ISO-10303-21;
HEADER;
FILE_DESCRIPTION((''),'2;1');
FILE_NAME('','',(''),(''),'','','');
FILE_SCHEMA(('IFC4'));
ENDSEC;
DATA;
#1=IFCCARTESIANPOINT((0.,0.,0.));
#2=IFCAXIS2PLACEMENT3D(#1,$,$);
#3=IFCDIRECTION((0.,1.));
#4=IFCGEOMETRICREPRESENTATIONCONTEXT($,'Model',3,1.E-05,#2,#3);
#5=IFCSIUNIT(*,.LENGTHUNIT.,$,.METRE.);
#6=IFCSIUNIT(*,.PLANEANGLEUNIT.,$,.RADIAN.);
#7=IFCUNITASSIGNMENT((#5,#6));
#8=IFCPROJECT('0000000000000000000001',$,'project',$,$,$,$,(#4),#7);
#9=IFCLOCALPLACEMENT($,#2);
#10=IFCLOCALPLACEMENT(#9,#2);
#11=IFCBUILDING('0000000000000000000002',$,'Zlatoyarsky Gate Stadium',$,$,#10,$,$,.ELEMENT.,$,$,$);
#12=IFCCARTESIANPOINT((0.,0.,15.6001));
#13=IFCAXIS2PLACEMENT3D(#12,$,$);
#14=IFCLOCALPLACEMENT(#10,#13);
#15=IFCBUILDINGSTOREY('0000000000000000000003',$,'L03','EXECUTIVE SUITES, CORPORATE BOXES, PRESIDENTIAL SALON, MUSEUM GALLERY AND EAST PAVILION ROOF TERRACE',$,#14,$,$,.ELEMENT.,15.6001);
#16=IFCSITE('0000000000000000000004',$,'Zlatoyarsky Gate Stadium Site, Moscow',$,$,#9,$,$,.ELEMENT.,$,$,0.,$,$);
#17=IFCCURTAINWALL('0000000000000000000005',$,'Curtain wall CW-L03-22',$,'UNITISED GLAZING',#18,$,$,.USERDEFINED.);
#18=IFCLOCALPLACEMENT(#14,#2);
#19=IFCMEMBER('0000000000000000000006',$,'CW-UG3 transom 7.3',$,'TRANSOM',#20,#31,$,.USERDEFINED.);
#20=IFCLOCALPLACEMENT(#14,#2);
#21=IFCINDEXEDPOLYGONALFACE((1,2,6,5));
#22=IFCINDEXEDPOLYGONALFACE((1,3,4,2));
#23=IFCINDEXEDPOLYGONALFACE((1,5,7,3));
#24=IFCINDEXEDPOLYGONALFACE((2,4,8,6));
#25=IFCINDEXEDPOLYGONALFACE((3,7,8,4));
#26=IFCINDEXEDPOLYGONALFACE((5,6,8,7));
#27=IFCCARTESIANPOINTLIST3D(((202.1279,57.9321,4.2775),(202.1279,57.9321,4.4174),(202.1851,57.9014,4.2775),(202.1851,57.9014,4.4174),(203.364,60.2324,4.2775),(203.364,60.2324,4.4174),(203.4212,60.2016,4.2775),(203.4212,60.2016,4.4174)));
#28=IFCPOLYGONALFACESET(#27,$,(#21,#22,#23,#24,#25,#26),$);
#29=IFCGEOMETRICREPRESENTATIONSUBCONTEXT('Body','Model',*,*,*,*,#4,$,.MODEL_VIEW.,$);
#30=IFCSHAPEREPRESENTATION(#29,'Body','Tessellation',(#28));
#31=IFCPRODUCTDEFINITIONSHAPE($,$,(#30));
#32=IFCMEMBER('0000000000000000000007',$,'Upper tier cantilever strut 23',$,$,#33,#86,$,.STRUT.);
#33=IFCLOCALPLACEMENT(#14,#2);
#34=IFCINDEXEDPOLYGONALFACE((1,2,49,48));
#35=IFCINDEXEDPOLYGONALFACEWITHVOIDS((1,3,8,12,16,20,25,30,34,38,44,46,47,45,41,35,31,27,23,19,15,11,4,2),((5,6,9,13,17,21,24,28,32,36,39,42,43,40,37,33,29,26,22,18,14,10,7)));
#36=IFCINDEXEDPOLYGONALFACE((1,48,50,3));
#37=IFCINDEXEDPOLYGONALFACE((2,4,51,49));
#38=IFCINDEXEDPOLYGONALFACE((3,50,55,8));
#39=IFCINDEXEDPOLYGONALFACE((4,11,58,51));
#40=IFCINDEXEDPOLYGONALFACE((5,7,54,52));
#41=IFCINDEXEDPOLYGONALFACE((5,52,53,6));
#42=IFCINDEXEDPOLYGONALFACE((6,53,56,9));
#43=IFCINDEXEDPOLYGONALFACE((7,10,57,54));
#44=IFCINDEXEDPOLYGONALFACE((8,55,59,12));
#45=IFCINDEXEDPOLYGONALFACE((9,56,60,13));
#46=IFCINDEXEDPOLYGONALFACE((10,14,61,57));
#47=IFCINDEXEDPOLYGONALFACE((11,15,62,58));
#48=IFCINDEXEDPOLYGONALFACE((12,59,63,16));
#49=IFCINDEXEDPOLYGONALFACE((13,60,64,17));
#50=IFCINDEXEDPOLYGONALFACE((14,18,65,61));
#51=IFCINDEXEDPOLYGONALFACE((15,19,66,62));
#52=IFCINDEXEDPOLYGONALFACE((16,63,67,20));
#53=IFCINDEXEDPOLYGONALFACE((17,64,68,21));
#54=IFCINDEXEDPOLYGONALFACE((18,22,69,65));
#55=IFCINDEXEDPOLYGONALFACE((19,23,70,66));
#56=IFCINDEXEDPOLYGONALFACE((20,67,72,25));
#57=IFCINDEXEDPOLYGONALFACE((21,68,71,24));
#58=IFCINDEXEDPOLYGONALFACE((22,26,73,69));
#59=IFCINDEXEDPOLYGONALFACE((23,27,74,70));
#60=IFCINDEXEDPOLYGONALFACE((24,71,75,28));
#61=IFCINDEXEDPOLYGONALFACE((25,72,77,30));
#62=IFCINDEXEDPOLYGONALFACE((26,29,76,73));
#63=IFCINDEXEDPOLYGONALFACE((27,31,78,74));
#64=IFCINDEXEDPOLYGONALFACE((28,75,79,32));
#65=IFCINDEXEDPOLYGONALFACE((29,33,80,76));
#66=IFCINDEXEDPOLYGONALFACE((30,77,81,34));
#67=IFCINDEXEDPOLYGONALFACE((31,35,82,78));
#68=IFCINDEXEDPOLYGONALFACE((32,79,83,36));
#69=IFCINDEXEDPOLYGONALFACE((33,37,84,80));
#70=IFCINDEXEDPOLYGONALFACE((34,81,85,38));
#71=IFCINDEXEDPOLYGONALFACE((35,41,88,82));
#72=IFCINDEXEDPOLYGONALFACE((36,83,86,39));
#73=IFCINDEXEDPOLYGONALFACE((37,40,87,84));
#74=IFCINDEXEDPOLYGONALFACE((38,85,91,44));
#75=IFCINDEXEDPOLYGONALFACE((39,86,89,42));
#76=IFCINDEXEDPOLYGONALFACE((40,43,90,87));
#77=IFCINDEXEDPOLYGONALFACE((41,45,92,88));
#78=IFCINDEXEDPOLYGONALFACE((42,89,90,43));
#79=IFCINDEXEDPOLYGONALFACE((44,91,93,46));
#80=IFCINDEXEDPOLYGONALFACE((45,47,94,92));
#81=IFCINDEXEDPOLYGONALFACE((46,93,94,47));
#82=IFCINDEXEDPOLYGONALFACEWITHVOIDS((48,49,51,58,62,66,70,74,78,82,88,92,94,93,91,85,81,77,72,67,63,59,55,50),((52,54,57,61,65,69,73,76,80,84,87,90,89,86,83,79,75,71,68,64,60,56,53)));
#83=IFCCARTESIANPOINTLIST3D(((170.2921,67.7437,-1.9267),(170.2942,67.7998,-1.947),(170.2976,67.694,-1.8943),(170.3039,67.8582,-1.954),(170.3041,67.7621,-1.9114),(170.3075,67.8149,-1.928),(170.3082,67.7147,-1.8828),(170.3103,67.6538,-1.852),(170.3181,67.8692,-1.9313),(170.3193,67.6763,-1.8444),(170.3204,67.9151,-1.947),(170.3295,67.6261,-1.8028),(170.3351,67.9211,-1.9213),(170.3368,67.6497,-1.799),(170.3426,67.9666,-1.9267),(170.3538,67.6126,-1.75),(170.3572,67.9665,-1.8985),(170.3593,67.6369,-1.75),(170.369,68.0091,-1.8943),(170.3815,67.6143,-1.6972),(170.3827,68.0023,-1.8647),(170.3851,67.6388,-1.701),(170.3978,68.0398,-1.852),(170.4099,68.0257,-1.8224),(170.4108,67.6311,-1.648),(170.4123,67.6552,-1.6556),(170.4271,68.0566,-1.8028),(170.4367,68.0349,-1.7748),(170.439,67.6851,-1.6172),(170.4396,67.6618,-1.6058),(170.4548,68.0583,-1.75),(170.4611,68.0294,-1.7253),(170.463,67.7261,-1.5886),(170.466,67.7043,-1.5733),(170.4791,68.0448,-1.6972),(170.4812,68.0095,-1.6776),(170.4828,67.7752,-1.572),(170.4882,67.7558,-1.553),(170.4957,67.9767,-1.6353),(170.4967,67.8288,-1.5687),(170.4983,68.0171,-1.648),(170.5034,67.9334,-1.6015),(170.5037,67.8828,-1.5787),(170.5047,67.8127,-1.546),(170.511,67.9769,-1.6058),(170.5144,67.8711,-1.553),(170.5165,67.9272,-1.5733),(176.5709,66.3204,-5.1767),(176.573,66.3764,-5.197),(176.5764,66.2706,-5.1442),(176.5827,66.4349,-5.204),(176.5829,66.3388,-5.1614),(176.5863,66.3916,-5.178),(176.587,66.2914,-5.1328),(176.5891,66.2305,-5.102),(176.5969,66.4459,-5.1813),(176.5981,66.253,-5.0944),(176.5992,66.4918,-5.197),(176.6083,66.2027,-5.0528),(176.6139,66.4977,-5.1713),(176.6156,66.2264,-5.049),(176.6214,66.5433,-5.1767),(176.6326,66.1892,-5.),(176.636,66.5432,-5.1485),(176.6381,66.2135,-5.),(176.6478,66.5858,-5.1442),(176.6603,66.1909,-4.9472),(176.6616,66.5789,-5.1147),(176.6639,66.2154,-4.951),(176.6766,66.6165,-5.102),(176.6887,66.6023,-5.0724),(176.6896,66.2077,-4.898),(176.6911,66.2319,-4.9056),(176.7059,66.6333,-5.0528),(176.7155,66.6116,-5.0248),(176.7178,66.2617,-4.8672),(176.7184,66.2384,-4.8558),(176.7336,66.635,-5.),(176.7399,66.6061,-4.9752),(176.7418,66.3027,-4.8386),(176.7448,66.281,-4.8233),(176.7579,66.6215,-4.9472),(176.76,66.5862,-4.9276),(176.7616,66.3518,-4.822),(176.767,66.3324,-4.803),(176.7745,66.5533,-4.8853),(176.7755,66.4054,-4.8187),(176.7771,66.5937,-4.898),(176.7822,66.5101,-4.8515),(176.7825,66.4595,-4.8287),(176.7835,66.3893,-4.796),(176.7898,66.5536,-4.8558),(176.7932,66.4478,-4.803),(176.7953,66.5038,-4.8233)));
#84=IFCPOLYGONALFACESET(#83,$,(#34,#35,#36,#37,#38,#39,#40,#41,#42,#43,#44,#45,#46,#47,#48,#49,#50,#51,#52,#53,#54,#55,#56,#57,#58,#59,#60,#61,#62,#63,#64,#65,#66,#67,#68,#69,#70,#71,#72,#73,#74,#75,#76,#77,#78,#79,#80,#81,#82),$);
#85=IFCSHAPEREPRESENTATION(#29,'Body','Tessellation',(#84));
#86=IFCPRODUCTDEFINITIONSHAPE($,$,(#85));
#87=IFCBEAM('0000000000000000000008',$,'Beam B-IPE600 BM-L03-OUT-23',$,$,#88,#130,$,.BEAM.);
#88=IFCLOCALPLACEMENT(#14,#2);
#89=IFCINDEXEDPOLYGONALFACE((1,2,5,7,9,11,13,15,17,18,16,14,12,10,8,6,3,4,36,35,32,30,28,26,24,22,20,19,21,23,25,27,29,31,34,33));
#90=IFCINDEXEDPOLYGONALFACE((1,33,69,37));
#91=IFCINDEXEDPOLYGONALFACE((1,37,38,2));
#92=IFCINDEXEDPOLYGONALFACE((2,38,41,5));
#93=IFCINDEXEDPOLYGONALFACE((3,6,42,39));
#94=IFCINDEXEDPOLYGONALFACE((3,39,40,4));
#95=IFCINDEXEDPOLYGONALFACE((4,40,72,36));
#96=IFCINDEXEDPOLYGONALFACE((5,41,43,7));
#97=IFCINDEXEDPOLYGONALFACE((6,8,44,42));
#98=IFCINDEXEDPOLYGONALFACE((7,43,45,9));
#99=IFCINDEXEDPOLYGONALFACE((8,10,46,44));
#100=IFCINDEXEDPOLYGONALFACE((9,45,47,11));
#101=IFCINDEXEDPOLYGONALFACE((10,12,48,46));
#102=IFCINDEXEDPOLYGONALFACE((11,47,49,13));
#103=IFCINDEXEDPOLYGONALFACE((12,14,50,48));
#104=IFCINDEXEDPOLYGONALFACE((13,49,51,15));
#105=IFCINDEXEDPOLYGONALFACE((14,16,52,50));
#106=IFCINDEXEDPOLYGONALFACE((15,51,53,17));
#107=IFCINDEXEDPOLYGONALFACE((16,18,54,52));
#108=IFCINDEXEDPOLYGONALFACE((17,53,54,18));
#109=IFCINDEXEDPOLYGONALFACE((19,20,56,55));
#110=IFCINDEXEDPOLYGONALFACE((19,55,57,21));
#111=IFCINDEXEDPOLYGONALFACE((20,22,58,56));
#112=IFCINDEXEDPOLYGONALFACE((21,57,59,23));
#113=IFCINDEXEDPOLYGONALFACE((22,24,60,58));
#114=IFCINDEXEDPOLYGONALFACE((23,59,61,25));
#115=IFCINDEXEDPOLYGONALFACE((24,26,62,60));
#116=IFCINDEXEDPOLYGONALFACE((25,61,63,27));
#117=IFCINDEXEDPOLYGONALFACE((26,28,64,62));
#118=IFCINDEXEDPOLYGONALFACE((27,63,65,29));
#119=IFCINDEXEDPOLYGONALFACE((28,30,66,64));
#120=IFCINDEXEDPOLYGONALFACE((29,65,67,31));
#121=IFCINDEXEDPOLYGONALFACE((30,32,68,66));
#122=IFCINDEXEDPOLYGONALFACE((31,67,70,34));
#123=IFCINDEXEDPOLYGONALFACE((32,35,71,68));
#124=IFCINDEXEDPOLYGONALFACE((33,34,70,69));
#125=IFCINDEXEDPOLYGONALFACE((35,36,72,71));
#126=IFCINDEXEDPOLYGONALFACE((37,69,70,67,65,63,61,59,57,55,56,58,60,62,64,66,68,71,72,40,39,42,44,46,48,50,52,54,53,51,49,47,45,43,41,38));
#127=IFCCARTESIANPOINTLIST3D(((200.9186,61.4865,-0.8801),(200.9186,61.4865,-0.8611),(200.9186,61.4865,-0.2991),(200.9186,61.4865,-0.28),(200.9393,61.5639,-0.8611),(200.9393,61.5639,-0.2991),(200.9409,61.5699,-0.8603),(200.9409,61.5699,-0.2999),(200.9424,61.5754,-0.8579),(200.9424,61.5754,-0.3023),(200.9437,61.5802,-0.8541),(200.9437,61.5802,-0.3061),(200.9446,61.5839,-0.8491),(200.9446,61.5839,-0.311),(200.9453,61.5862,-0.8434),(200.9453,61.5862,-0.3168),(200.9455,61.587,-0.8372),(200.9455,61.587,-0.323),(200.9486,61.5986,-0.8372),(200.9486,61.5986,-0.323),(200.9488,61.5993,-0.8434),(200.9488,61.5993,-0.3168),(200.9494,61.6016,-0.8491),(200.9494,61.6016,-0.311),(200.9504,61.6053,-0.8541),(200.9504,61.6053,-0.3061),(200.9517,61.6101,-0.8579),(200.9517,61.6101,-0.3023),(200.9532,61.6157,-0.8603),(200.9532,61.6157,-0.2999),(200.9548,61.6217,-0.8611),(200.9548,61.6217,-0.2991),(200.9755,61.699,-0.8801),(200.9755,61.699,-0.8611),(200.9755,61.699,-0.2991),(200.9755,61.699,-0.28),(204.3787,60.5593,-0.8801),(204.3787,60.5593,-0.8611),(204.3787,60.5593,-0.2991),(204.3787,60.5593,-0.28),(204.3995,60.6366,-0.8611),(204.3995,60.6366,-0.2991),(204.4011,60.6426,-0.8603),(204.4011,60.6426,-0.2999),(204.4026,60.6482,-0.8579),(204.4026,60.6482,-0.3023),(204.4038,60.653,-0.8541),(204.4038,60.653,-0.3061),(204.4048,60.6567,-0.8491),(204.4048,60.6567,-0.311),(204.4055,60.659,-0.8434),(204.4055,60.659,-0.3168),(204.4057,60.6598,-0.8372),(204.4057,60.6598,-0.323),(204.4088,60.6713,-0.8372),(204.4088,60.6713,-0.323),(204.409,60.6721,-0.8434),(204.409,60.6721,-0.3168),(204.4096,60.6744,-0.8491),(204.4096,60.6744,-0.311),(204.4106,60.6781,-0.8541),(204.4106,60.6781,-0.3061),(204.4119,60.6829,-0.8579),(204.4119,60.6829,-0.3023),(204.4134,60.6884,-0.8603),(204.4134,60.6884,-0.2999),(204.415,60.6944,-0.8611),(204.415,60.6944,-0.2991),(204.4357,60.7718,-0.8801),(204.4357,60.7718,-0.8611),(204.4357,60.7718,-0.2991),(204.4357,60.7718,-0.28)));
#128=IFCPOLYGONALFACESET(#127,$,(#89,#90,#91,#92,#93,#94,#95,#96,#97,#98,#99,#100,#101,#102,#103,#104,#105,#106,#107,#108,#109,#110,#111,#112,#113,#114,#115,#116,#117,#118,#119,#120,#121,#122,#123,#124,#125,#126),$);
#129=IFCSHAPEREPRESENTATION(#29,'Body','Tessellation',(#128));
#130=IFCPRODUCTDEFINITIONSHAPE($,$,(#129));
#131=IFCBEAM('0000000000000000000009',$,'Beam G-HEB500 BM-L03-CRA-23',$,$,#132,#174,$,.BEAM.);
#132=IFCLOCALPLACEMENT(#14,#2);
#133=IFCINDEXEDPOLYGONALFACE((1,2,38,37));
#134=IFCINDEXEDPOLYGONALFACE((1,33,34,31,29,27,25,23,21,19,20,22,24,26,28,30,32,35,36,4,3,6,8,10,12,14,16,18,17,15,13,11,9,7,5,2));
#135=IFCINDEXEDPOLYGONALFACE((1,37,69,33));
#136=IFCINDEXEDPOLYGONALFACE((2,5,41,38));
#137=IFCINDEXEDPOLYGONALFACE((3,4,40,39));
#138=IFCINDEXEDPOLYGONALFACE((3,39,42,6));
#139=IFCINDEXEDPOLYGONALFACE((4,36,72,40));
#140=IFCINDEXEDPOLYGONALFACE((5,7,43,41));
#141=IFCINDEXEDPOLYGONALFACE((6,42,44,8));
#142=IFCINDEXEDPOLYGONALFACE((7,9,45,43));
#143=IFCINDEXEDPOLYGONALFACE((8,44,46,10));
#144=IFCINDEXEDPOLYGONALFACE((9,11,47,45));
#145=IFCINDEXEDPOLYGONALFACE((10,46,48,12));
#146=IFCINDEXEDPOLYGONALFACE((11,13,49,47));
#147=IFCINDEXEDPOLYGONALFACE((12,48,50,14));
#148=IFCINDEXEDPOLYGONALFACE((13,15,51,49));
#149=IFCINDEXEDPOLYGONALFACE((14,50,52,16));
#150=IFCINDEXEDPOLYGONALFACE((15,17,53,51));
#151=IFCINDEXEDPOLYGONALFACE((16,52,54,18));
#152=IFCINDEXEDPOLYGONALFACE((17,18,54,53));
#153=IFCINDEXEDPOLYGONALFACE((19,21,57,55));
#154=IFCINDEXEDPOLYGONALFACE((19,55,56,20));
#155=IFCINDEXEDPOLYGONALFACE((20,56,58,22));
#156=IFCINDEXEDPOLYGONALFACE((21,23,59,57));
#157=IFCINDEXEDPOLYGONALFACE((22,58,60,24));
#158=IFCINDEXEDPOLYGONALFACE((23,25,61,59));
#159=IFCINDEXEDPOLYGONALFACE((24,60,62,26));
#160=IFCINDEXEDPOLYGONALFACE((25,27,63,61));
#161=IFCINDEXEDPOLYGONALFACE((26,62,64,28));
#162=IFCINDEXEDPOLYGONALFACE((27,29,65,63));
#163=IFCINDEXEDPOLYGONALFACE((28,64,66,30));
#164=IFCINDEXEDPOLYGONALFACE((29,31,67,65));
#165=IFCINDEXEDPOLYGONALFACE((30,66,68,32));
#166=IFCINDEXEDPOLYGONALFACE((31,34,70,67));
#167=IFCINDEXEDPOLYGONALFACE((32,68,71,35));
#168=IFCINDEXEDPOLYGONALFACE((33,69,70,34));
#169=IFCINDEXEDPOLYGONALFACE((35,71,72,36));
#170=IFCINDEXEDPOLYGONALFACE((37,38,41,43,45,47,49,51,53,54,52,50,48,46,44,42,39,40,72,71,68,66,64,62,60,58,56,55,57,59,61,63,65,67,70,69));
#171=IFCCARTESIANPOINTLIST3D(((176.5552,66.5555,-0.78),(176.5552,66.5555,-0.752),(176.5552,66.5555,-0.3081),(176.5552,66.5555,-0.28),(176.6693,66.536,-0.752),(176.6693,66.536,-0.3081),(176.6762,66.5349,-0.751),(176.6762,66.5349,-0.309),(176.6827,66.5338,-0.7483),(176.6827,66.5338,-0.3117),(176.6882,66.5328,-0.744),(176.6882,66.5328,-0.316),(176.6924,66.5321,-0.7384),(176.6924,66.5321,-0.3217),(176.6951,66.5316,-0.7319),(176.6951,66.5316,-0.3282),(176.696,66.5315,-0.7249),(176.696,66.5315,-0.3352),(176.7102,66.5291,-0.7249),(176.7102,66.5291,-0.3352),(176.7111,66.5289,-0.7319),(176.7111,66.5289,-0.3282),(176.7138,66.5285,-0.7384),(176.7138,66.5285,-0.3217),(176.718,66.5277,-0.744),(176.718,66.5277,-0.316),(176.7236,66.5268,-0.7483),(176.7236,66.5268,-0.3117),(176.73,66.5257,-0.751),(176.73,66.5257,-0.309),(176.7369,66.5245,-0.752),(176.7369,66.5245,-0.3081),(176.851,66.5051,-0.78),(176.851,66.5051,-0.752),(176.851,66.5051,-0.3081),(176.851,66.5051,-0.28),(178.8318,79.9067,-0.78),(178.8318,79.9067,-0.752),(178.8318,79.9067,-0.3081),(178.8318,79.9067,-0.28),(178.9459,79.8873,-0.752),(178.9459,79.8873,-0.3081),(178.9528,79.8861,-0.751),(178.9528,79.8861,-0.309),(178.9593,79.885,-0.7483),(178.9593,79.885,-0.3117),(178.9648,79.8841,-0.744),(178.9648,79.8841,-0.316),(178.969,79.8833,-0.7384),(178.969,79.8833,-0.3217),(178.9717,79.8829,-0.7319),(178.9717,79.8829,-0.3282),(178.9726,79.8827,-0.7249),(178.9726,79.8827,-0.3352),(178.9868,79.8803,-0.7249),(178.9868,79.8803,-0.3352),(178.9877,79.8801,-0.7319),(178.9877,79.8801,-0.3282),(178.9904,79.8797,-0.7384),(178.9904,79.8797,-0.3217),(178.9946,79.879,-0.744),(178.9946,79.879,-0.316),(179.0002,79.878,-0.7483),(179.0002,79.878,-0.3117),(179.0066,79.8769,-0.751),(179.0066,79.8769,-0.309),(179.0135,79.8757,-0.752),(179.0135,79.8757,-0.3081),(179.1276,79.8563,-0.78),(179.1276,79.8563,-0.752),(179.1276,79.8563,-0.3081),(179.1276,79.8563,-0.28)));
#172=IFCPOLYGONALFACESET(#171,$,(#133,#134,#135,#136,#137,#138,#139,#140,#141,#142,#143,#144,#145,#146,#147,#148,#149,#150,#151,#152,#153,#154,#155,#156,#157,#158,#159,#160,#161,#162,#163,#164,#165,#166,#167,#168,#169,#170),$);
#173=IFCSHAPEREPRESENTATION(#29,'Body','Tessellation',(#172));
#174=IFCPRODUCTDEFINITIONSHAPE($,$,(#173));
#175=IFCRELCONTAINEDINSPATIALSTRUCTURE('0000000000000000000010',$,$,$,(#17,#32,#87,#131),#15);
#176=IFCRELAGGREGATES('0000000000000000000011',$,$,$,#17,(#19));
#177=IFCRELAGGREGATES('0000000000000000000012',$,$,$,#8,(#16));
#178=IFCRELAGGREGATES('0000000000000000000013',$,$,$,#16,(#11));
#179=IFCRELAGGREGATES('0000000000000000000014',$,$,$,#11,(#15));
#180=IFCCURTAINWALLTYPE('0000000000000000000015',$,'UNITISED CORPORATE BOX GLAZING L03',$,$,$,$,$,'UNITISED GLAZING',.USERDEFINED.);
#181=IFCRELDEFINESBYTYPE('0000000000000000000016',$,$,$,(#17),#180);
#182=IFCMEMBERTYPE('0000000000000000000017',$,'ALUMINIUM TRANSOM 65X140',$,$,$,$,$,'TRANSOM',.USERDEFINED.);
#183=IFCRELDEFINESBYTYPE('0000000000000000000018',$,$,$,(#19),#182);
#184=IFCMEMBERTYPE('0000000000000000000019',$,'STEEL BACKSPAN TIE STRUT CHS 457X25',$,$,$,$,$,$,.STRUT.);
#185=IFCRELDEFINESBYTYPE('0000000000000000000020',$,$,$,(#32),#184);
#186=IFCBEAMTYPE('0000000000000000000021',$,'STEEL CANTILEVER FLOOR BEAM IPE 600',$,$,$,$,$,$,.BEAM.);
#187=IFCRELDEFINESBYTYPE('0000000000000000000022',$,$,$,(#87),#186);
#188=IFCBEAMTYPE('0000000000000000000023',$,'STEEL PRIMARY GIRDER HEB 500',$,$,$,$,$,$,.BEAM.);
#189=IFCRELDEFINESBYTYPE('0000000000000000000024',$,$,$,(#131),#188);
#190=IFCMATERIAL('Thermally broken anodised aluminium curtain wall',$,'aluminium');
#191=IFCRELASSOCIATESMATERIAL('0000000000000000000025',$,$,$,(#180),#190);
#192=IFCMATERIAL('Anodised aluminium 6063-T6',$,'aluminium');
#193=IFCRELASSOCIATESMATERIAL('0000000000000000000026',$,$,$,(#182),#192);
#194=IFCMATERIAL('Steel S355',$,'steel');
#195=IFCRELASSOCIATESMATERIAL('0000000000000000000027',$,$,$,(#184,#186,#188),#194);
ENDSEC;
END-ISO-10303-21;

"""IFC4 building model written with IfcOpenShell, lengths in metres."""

from ifc_helpers import new_model, si_unit, direction, frame, origin, origin_2d, place, context, subcontext, project, spatial, rectangle, hollow_circle, i_section, extrude, material, material_profile, profile_set, type_object, element, aggregate, save


model = new_model("IFC4")

# Units and contexts
model_context = context("Model", 3, precision=1e-05, world=origin(), true_north=direction((0.0, 1.0)))
body_context = subcontext(model_context, "Body", "Model", "MODEL_VIEW")
ifc_project = project(units=[si_unit("LENGTHUNIT", "METRE"), si_unit("PLANEANGLEUNIT", "RADIAN")], contexts=[model_context])

# Site, building, storey
site_placement = place(None, origin())
site = spatial("IfcSite", under=ifc_project, at=site_placement, Name="Zlatoyarsky Gate Stadium Site, Moscow", CompositionType="ELEMENT", RefElevation=0.0)
building_placement = place(site_placement, origin())
building = spatial("IfcBuilding", under=site, at=building_placement, Name="Zlatoyarsky Gate Stadium", CompositionType="ELEMENT")
storey_placement = place(building_placement, frame((0.0, 0.0, 15.6001)))
storey = spatial("IfcBuildingStorey", under=building, at=storey_placement, Name="L03", Description="EXECUTIVE SUITES, CORPORATE BOXES, PRESIDENTIAL SALON, MUSEUM GALLERY AND EAST PAVILION ROOF TERRACE", CompositionType="ELEMENT", Elevation=15.6001)

# Shared definitions
ifc_material_1 = material(Name="Steel S355", Category="steel")

# Curtain wall, member
ifc_material_2 = material(Name="Thermally broken anodised aluminium curtain wall", Category="aluminium")
curtain_wall_type = type_object("IfcCurtainWallType", Name="UNITISED CORPORATE BOX GLAZING L03", ElementType="UNITISED GLAZING", PredefinedType="USERDEFINED", material=ifc_material_2)
curtain_wall_placement = place(storey_placement, origin())
curtain_wall = element("IfcCurtainWall", 1, at=curtain_wall_placement, inside=storey, type_object=curtain_wall_type, Name="Curtain wall CW-L03-22", ObjectType="UNITISED GLAZING", PredefinedType="USERDEFINED")
ifc_material_3 = material(Name="Anodised aluminium 6063-T6", Category="aluminium")
ifc_material_profile_1 = material_profile(ifc_material_3, rectangle(XDim=0.0649, YDim=0.1399, at=origin_2d()), Name="ALU 65X140")
ifc_profile_set_1 = profile_set([ifc_material_profile_1], Name="Anodised aluminium 6063-T6")
member_type_1 = type_object("IfcMemberType", Name="ALUMINIUM TRANSOM 65X140", ElementType="TRANSOM", PredefinedType="USERDEFINED", material=ifc_profile_set_1)
member_1_placement = place(storey_placement, frame((202.1565, 57.9167, 4.3474), z_axis=(0.473347, 0.880876, 0.0), x_axis=(-0.880876, 0.473347, 0.0)))
member_1 = element("IfcMember", 2, at=member_1_placement, type_object=member_type_1, Name="CW-UG3 transom 7.3", ObjectType="TRANSOM", PredefinedType="USERDEFINED", context=body_context, shape_type="SweptSolid", body=[
    extrude(rectangle(XDim=0.0649, YDim=0.1399, at=origin_2d()), origin(), (0.0, 0.0, 1.0), 2.6113),
])
aggregate(curtain_wall, [member_1])

# Member
ifc_material_profile_2 = material_profile(ifc_material_1, hollow_circle(Radius=0.2285, WallThickness=0.0249, at=origin_2d()), Name="CHS 457X25")
ifc_profile_set_2 = profile_set([ifc_material_profile_2], Name="Steel S355")
member_type_2 = type_object("IfcMemberType", Name="STEEL BACKSPAN TIE STRUT CHS 457X25", PredefinedType="STRUT", material=ifc_profile_set_2)
member_2_placement = place(storey_placement, frame((176.6831, 66.4121, -5.0), z_axis=(-0.870615, 0.197359, 0.450643), x_axis=(-0.22108, -0.975256, 0.0)))
element("IfcMember", 3, at=member_2_placement, inside=storey, type_object=member_type_2, Name="Upper tier cantilever strut 23", PredefinedType="STRUT", context=body_context, shape_type="SweptSolid", body=[
    extrude(hollow_circle(Radius=0.2285, WallThickness=0.0249, at=origin_2d()), origin(), (0.0, 0.0, 1.0), 7.2119),
])

# Beams
ifc_material_profile_3 = material_profile(ifc_material_1, i_section(OverallWidth=0.22, OverallDepth=0.6001, WebThickness=0.012, FlangeThickness=0.019, FilletRadius=0.0239, at=origin_2d()), Name="IPE 600")
ifc_profile_set_3 = profile_set([ifc_material_profile_3], Name="Steel S355")
beam_type_1 = type_object("IfcBeamType", Name="STEEL CANTILEVER FLOOR BEAM IPE 600", PredefinedType="BEAM", material=ifc_profile_set_3)
beam_1_placement = place(storey_placement, frame((200.947, 61.5928, -0.5801), z_axis=(0.96592, -0.258842, 0.0), x_axis=(0.258842, 0.96592, 0.0)))
element("IfcBeam", 4, at=beam_1_placement, inside=storey, type_object=beam_type_1, Name="Beam B-IPE600 BM-L03-OUT-23", PredefinedType="BEAM", context=body_context, shape_type="SweptSolid", body=[
    extrude(i_section(OverallWidth=0.22, OverallDepth=0.6001, WebThickness=0.012, FlangeThickness=0.019, FilletRadius=0.0239, at=origin_2d()), origin(), (0.0, 0.0, 1.0), 3.5823),
])
ifc_material_profile_4 = material_profile(ifc_material_1, i_section(OverallWidth=0.3, OverallDepth=0.5, WebThickness=0.0144, FlangeThickness=0.0281, FilletRadius=0.0271, at=origin_2d()), Name="HEB 500")
ifc_profile_set_4 = profile_set([ifc_material_profile_4], Name="Steel S355")
beam_type_2 = type_object("IfcBeamType", Name="STEEL PRIMARY GIRDER HEB 500", PredefinedType="BEAM", material=ifc_profile_set_4)
beam_2_placement = place(storey_placement, frame((176.7031, 66.5303, -0.53), z_axis=(0.16809, 0.985772, 0.0), x_axis=(-0.985772, 0.16809, 0.0)))
element("IfcBeam", 5, at=beam_2_placement, inside=storey, type_object=beam_type_2, Name="Beam G-HEB500 BM-L03-CRA-23", PredefinedType="BEAM", context=body_context, shape_type="SweptSolid", body=[
    extrude(i_section(OverallWidth=0.3, OverallDepth=0.5, WebThickness=0.0144, FlangeThickness=0.0281, FilletRadius=0.0271, at=origin_2d()), origin(), (0.0, 0.0, 1.0), 13.5439),
])

save(model, "model.ifc")
